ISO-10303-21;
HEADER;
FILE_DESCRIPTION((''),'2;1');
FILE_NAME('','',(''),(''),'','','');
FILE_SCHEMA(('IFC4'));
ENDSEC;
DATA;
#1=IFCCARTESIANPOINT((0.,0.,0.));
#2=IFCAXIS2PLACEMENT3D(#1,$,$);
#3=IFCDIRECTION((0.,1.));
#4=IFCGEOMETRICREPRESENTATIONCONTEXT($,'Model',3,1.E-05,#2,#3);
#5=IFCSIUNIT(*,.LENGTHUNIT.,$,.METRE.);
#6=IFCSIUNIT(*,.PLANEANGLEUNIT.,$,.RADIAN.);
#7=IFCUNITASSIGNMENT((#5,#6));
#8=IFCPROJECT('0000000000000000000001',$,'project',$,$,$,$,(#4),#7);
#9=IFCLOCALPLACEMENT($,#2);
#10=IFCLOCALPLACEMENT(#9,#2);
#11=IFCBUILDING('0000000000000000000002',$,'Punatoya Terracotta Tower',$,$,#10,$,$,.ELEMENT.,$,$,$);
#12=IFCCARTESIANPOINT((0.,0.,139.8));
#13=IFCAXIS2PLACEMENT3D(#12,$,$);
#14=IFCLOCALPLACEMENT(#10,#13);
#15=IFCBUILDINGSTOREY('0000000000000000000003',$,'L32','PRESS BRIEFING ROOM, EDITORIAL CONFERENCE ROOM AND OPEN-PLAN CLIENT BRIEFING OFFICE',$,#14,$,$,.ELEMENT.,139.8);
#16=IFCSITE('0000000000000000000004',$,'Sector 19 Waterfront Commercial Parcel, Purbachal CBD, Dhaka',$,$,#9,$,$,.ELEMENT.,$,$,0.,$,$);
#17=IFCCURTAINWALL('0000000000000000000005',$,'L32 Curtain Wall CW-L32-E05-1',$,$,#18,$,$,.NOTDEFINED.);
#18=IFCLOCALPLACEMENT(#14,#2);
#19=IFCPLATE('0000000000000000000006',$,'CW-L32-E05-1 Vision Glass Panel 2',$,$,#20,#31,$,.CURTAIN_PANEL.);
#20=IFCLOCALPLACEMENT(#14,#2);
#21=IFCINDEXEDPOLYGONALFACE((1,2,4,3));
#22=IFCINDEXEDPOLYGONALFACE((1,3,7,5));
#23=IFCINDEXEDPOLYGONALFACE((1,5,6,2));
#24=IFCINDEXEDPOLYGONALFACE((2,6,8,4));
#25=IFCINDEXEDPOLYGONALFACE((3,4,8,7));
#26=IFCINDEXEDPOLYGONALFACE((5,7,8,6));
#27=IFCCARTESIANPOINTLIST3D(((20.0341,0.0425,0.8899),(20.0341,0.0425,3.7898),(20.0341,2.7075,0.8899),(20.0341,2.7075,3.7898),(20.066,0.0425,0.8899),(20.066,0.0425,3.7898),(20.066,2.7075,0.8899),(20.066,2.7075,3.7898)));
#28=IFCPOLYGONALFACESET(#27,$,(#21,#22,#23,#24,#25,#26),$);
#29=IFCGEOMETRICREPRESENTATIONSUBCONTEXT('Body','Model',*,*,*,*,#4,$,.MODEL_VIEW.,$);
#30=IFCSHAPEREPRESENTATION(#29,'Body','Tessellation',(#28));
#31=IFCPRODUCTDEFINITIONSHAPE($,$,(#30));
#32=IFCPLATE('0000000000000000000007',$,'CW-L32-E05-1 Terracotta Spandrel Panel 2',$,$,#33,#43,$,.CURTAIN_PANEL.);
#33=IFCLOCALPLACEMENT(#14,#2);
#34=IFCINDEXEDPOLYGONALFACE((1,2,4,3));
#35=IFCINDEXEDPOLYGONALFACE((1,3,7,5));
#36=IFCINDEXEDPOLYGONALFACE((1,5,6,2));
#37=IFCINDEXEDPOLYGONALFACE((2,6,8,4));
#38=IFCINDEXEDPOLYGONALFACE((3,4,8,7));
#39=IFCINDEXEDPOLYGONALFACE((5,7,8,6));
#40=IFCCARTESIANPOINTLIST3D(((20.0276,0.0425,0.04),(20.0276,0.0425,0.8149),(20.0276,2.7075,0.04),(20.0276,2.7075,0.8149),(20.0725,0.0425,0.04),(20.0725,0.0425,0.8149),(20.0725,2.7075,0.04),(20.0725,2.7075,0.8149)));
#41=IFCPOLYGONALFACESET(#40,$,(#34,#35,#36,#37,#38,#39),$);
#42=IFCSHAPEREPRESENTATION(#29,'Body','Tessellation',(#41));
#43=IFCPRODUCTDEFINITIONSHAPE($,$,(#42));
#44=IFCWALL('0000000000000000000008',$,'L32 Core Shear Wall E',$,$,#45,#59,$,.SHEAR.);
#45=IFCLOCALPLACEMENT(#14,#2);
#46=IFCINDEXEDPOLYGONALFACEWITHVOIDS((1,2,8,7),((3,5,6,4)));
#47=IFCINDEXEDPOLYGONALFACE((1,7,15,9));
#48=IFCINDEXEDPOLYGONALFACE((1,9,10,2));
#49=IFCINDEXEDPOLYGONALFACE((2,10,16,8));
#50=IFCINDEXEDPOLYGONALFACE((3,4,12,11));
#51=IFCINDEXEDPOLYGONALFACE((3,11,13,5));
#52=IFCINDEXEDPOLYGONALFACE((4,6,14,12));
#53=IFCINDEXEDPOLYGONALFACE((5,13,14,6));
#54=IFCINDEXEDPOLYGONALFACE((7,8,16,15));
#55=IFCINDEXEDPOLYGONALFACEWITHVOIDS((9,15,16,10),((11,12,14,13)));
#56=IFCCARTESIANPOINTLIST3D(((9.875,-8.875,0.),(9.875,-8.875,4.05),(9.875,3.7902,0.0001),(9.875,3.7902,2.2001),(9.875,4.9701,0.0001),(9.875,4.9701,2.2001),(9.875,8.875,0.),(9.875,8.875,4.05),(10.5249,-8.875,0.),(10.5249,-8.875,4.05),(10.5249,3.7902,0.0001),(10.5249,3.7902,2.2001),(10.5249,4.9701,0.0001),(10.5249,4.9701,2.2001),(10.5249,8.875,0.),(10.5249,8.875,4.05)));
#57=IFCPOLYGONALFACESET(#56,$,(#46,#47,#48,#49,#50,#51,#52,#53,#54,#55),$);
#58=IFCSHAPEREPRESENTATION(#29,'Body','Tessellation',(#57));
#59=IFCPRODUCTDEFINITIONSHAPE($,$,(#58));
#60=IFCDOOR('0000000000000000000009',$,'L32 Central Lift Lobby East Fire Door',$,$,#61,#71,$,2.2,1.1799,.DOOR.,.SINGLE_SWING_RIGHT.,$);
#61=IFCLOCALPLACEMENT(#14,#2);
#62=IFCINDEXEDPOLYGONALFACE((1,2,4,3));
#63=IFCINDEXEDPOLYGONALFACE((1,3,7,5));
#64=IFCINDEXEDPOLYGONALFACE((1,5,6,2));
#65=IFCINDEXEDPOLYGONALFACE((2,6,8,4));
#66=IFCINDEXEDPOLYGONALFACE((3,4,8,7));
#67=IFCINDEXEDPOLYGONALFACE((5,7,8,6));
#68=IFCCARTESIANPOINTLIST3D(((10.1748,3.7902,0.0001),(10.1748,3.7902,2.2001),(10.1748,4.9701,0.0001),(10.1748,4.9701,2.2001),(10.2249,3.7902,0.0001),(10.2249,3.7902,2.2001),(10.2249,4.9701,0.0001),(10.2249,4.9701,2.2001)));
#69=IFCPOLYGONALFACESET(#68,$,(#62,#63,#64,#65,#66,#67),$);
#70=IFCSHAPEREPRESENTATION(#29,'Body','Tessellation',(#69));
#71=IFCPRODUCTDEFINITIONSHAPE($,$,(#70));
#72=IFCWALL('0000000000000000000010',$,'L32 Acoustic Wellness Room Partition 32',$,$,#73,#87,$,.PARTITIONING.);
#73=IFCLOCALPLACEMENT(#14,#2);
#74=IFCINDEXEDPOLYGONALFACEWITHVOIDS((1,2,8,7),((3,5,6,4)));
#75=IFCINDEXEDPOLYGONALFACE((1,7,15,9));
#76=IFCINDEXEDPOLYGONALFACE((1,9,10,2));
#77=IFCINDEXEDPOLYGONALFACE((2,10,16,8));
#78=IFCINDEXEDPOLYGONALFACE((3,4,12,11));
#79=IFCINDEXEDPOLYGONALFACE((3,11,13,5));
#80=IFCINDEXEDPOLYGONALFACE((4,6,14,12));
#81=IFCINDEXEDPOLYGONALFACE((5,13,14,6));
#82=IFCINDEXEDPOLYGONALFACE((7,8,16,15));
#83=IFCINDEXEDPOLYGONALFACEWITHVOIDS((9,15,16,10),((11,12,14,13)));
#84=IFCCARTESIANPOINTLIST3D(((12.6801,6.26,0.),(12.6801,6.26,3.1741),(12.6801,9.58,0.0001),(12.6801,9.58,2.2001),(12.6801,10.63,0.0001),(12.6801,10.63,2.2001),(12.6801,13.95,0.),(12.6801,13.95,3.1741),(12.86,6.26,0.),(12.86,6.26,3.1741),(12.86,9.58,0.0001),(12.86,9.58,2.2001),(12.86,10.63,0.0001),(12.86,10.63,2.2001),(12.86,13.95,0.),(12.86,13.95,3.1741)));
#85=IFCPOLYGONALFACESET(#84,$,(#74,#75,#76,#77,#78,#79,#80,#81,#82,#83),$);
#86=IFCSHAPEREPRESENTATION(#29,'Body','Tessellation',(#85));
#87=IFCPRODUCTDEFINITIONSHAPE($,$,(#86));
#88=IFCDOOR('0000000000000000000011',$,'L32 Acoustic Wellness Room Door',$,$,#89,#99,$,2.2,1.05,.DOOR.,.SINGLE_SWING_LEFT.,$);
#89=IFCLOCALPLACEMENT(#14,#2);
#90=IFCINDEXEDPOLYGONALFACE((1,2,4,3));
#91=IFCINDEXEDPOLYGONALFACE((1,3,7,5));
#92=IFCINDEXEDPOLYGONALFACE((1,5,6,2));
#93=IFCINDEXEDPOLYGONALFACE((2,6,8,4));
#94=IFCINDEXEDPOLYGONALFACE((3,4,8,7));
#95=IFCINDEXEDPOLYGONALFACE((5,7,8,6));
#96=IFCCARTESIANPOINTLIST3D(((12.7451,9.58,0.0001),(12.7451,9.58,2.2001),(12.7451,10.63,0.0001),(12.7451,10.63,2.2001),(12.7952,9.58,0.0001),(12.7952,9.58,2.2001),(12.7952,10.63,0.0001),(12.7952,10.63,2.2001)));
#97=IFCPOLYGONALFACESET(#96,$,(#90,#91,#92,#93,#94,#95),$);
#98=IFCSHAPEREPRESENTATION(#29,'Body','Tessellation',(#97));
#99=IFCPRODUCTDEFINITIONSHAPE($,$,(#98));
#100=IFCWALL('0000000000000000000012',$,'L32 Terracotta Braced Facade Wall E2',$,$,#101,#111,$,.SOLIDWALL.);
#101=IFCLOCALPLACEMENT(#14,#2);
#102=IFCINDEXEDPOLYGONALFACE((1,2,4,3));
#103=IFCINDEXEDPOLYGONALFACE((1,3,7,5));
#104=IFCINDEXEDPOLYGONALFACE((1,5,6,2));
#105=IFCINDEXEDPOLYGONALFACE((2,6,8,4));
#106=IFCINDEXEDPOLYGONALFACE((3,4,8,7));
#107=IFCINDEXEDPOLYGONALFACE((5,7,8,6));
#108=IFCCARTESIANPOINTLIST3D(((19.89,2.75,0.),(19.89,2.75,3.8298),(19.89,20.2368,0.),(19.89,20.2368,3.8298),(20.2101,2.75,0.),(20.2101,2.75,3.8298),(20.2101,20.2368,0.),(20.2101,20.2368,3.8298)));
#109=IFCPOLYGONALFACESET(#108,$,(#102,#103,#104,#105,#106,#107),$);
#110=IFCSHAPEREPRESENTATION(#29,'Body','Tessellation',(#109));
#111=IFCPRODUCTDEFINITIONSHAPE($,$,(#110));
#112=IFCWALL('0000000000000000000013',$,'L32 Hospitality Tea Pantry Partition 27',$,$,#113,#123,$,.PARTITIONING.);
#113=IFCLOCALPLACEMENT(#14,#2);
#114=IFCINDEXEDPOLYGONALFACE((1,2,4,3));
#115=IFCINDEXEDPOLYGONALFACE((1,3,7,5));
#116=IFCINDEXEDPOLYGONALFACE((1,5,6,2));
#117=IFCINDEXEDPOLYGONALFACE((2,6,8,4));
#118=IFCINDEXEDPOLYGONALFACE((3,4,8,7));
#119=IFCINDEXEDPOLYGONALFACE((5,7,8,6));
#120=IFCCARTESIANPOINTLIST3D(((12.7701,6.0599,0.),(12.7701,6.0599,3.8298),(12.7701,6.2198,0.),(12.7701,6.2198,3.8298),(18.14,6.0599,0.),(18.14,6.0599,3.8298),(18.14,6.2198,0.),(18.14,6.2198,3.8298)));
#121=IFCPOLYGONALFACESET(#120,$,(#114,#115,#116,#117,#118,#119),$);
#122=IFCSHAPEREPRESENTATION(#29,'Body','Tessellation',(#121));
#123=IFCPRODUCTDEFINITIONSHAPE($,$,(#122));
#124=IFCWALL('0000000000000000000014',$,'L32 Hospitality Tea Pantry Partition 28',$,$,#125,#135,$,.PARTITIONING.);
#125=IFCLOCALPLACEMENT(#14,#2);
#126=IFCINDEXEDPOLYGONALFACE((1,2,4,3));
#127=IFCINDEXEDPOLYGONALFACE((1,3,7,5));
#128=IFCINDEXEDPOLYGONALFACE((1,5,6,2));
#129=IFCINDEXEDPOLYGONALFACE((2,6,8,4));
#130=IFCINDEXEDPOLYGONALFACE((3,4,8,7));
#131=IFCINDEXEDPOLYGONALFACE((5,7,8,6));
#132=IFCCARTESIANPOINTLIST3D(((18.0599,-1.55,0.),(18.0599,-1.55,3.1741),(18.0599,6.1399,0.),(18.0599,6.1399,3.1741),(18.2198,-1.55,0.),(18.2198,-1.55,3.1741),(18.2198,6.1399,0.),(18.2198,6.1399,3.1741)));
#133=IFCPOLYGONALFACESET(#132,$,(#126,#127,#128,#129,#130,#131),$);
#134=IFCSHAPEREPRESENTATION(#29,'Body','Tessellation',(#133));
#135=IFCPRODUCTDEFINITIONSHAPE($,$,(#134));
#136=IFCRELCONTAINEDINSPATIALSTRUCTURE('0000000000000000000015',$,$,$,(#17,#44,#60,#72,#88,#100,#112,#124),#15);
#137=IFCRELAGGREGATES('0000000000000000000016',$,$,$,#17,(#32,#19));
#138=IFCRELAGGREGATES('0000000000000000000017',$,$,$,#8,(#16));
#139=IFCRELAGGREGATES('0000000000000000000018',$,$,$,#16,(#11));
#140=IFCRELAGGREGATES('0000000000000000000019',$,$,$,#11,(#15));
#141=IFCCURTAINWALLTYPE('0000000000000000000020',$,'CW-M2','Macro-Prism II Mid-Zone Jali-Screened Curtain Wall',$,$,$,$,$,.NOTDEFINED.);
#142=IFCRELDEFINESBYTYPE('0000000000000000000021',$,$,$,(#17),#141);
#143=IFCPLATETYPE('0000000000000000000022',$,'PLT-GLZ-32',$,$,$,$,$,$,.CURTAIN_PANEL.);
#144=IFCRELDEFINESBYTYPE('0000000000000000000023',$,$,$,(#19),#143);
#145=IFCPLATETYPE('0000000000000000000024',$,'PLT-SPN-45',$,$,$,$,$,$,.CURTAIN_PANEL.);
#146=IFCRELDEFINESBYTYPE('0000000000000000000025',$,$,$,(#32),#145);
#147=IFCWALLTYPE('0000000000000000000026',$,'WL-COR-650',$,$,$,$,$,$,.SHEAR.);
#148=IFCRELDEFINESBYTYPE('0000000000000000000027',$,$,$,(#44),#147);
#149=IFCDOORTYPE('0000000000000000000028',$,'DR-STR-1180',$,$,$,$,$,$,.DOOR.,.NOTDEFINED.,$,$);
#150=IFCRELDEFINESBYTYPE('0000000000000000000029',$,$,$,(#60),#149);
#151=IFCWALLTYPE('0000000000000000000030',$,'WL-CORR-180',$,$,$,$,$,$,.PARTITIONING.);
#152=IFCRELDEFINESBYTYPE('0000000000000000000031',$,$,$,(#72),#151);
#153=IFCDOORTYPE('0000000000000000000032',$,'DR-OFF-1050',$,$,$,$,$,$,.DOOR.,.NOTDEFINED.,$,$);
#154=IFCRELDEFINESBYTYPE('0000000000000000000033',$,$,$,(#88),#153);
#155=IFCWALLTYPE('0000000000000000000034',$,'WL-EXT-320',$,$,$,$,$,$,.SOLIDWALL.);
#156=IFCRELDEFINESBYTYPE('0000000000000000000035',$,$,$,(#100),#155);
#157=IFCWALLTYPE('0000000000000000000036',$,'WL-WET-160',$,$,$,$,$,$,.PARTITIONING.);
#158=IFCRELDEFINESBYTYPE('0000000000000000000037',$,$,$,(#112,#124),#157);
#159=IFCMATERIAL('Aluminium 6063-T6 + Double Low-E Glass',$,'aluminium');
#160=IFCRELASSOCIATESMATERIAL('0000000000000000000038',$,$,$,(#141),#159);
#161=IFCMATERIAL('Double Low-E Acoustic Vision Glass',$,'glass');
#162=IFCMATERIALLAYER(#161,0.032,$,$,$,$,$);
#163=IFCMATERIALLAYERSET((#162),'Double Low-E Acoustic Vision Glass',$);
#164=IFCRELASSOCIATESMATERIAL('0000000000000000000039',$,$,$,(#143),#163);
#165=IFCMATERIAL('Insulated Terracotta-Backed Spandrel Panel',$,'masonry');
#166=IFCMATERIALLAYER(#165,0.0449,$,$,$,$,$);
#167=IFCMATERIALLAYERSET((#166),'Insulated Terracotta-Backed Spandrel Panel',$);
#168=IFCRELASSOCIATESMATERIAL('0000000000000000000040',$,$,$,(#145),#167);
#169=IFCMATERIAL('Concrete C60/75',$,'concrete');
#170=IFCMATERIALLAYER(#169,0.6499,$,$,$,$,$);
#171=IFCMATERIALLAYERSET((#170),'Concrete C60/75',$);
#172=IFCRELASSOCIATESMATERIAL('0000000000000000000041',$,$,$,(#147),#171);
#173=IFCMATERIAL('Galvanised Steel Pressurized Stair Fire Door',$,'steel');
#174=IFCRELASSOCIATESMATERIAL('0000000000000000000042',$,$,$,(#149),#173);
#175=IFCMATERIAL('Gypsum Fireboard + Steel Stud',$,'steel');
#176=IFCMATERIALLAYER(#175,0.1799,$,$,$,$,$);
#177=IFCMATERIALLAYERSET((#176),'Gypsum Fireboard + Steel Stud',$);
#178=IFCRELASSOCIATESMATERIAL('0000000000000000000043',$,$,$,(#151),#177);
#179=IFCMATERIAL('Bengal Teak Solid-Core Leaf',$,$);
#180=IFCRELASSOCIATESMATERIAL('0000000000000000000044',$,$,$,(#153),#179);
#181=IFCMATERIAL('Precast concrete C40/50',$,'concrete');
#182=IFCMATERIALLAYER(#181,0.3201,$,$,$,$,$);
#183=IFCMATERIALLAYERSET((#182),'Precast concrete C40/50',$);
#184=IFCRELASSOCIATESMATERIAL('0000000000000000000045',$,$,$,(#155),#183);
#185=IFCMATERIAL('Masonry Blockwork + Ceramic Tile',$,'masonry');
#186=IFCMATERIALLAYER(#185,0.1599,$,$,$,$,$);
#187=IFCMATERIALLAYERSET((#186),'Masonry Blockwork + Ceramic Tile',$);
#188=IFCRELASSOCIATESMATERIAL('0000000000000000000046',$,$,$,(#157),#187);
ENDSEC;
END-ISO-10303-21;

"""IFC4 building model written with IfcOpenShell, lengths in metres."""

from ifc_helpers import new_model, si_unit, direction, frame, frame_2d, origin, origin_2d, place, context, subcontext, project, spatial, rectangle, extrude, material, layer, layer_set, type_object, element, fill, aggregate, save


model = new_model("IFC4")

# Units and contexts
model_context = context("Model", 3, precision=1e-05, world=origin(), true_north=direction((0.0, 1.0)))
body_context = subcontext(model_context, "Body", "Model", "MODEL_VIEW")
ifc_project = project(units=[si_unit("LENGTHUNIT", "METRE"), si_unit("PLANEANGLEUNIT", "RADIAN")], contexts=[model_context])

# Site, building, storey
site_placement = place(None, origin())
site = spatial("IfcSite", under=ifc_project, at=site_placement, Name="Sector 19 Waterfront Commercial Parcel, Purbachal CBD, Dhaka", CompositionType="ELEMENT", RefElevation=0.0)
building_placement = place(site_placement, origin())
building = spatial("IfcBuilding", under=site, at=building_placement, Name="Punatoya Terracotta Tower", CompositionType="ELEMENT")
storey_placement = place(building_placement, frame((0.0, 0.0, 139.8)))
storey = spatial("IfcBuildingStorey", under=building, at=storey_placement, Name="L32", Description="PRESS BRIEFING ROOM, EDITORIAL CONFERENCE ROOM AND OPEN-PLAN CLIENT BRIEFING OFFICE", CompositionType="ELEMENT", Elevation=139.8)

# Curtain wall
ifc_material_1 = material(Name="Aluminium 6063-T6 + Double Low-E Glass", Category="aluminium")
curtain_wall_type = type_object("IfcCurtainWallType", Name="CW-M2", Description="Macro-Prism II Mid-Zone Jali-Screened Curtain Wall", PredefinedType="NOTDEFINED", material=ifc_material_1)
curtain_wall_placement = place(storey_placement, origin())
curtain_wall = element("IfcCurtainWall", 1, at=curtain_wall_placement, inside=storey, type_object=curtain_wall_type, Name="L32 Curtain Wall CW-L32-E05-1", PredefinedType="NOTDEFINED")

# Plates
ifc_material_2 = material(Name="Double Low-E Acoustic Vision Glass", Category="glass")
ifc_layer_1 = layer(ifc_material_2, 0.032)
ifc_layer_set_1 = layer_set([ifc_layer_1], Name="Double Low-E Acoustic Vision Glass")
plate_type_1 = type_object("IfcPlateType", Name="PLT-GLZ-32", PredefinedType="CURTAIN_PANEL", material=ifc_layer_set_1)
plate_1_placement = place(storey_placement, frame((20.05, 1.375, 0.8899), z_axis=(0.0, 0.0, 1.0), x_axis=(0.0, 1.0, 0.0)))
plate_1 = element("IfcPlate", 2, at=plate_1_placement, type_object=plate_type_1, Name="CW-L32-E05-1 Vision Glass Panel 2", PredefinedType="CURTAIN_PANEL", context=body_context, shape_type="SweptSolid", body=[
    extrude(rectangle(XDim=2.665, YDim=0.032, at=origin_2d()), origin(), (0.0, 0.0, 1.0), 2.8999),
])
ifc_material_3 = material(Name="Insulated Terracotta-Backed Spandrel Panel", Category="masonry")
ifc_layer_2 = layer(ifc_material_3, 0.0449)
ifc_layer_set_2 = layer_set([ifc_layer_2], Name="Insulated Terracotta-Backed Spandrel Panel")
plate_type_2 = type_object("IfcPlateType", Name="PLT-SPN-45", PredefinedType="CURTAIN_PANEL", material=ifc_layer_set_2)
plate_2_placement = place(storey_placement, frame((20.05, 1.375, 0.04), z_axis=(0.0, 0.0, 1.0), x_axis=(0.0, 1.0, 0.0)))
plate_2 = element("IfcPlate", 3, at=plate_2_placement, type_object=plate_type_2, Name="CW-L32-E05-1 Terracotta Spandrel Panel 2", PredefinedType="CURTAIN_PANEL", context=body_context, shape_type="SweptSolid", body=[
    extrude(rectangle(XDim=2.665, YDim=0.0449, at=origin_2d()), origin(), (0.0, 0.0, 1.0), 0.7749),
])
aggregate(curtain_wall, [plate_2, plate_1])

# Walls, openings, doors
ifc_material_4 = material(Name="Concrete C60/75", Category="concrete")
ifc_layer_3 = layer(ifc_material_4, 0.6499)
ifc_layer_set_3 = layer_set([ifc_layer_3], Name="Concrete C60/75")
wall_type_1 = type_object("IfcWallType", Name="WL-COR-650", PredefinedType="SHEAR", material=ifc_layer_set_3)
wall_1_placement = place(storey_placement, frame((10.2, 8.875, 0.0), z_axis=(0.0, 0.0, 1.0), x_axis=(0.0, -1.0, 0.0)))
wall_1 = element("IfcWall", 4, at=wall_1_placement, inside=storey, type_object=wall_type_1, Name="L32 Core Shear Wall E", PredefinedType="SHEAR", context=body_context, shape_type="SweptSolid", body=[
    extrude(rectangle(XDim=17.75, YDim=0.6499, at=frame_2d((8.875, 0.0))), origin(), (0.0, 0.0, 1.0), 4.05),
])
opening_1_placement = place(wall_1_placement, frame((3.905, 0.0, 0.0)))
opening_1 = element("IfcOpeningElement", 5, at=opening_1_placement, cuts=wall_1, PredefinedType="OPENING", context=body_context, shape_type="SweptSolid", body=[
    extrude(rectangle(XDim=1.1799, YDim=2.2, at=frame_2d((0.5898, 1.1001))), frame((0.0, 0.335, 0.0), z_axis=(0.0, -1.0, 0.0), x_axis=(1.0, 0.0, 0.0)), (0.0, 0.0, 1.0), 0.6699),
])
ifc_material_5 = material(Name="Galvanised Steel Pressurized Stair Fire Door", Category="steel")
door_type_1 = type_object("IfcDoorType", Name="DR-STR-1180", OperationType="NOTDEFINED", PredefinedType="DOOR", material=ifc_material_5)
door_1_placement = place(opening_1_placement, origin())
door_1 = element("IfcDoor", 6, at=door_1_placement, inside=storey, type_object=door_type_1, Name="L32 Central Lift Lobby East Fire Door", OperationType="SINGLE_SWING_RIGHT", OverallHeight=2.2, OverallWidth=1.1799, PredefinedType="DOOR", context=body_context, shape_type="SweptSolid", body=[
    extrude(rectangle(XDim=1.1799, YDim=2.2, at=frame_2d((0.5898, 1.1001))), frame((0.0, 0.0249, 0.0), z_axis=(0.0, -1.0, 0.0), x_axis=(1.0, 0.0, 0.0)), (0.0, 0.0, 1.0), 0.05),
])
fill(opening_1, door_1)
ifc_material_6 = material(Name="Gypsum Fireboard + Steel Stud", Category="steel")
ifc_layer_4 = layer(ifc_material_6, 0.1799)
ifc_layer_set_4 = layer_set([ifc_layer_4], Name="Gypsum Fireboard + Steel Stud")
wall_type_2 = type_object("IfcWallType", Name="WL-CORR-180", PredefinedType="PARTITIONING", material=ifc_layer_set_4)
wall_2_placement = place(storey_placement, frame((12.77, 6.26, 0.0), z_axis=(0.0, 0.0, 1.0), x_axis=(0.0, 1.0, 0.0)))
wall_2 = element("IfcWall", 7, at=wall_2_placement, inside=storey, type_object=wall_type_2, Name="L32 Acoustic Wellness Room Partition 32", PredefinedType="PARTITIONING", context=body_context, shape_type="SweptSolid", body=[
    extrude(rectangle(XDim=7.6899, YDim=0.1799, at=frame_2d((3.845, 0.0))), origin(), (0.0, 0.0, 1.0), 3.1741),
])
opening_2_placement = place(wall_2_placement, frame((3.3201, 0.0, 0.0)))
opening_2 = element("IfcOpeningElement", 8, at=opening_2_placement, cuts=wall_2, PredefinedType="OPENING", context=body_context, shape_type="SweptSolid", body=[
    extrude(rectangle(XDim=1.05, YDim=2.2, at=frame_2d((0.5249, 1.1001))), frame((0.0, 0.0999, 0.0), z_axis=(0.0, -1.0, 0.0), x_axis=(1.0, 0.0, 0.0)), (0.0, 0.0, 1.0), 0.2),
])
ifc_material_7 = material(Name="Bengal Teak Solid-Core Leaf")
door_type_2 = type_object("IfcDoorType", Name="DR-OFF-1050", OperationType="NOTDEFINED", PredefinedType="DOOR", material=ifc_material_7)
door_2_placement = place(opening_2_placement, origin())
door_2 = element("IfcDoor", 9, at=door_2_placement, inside=storey, type_object=door_type_2, Name="L32 Acoustic Wellness Room Door", OperationType="SINGLE_SWING_LEFT", OverallHeight=2.2, OverallWidth=1.05, PredefinedType="DOOR", context=body_context, shape_type="SweptSolid", body=[
    extrude(rectangle(XDim=1.05, YDim=2.2, at=frame_2d((0.5249, 1.1001))), frame((0.0, 0.0249, 0.0), z_axis=(0.0, -1.0, 0.0), x_axis=(1.0, 0.0, 0.0)), (0.0, 0.0, 1.0), 0.05),
])
fill(opening_2, door_2)

# Walls
ifc_material_8 = material(Name="Precast concrete C40/50", Category="concrete")
ifc_layer_5 = layer(ifc_material_8, 0.3201)
ifc_layer_set_5 = layer_set([ifc_layer_5], Name="Precast concrete C40/50")
wall_type_3 = type_object("IfcWallType", Name="WL-EXT-320", PredefinedType="SOLIDWALL", material=ifc_layer_set_5)
wall_3_placement = place(storey_placement, frame((20.05, 2.75, 0.0), z_axis=(0.0, 0.0, 1.0), x_axis=(0.0, 1.0, 0.0)))
element("IfcWall", 10, at=wall_3_placement, inside=storey, type_object=wall_type_3, Name="L32 Terracotta Braced Facade Wall E2", PredefinedType="SOLIDWALL", context=body_context, shape_type="SweptSolid", body=[
    extrude(rectangle(XDim=17.4868, YDim=0.3201, at=frame_2d((8.7434, 0.0))), origin(), (0.0, 0.0, 1.0), 3.8298),
])
ifc_material_9 = material(Name="Masonry Blockwork + Ceramic Tile", Category="masonry")
ifc_layer_6 = layer(ifc_material_9, 0.1599)
ifc_layer_set_6 = layer_set([ifc_layer_6], Name="Masonry Blockwork + Ceramic Tile")
wall_type_4 = type_object("IfcWallType", Name="WL-WET-160", PredefinedType="PARTITIONING", material=ifc_layer_set_6)
wall_4_placement = place(storey_placement, frame((12.77, 6.1399, 0.0), z_axis=(0.0, 0.0, 1.0), x_axis=(1.0, 0.0, 0.0)))
element("IfcWall", 11, at=wall_4_placement, inside=storey, type_object=wall_type_4, Name="L32 Hospitality Tea Pantry Partition 27", PredefinedType="PARTITIONING", context=body_context, shape_type="SweptSolid", body=[
    extrude(rectangle(XDim=5.3699, YDim=0.1599, at=frame_2d((2.6851, 0.0))), origin(), (0.0, 0.0, 1.0), 3.8298),
])
wall_5_placement = place(storey_placement, frame((18.1399, 6.1399, 0.0), z_axis=(0.0, 0.0, 1.0), x_axis=(0.0, -1.0, 0.0)))
element("IfcWall", 12, at=wall_5_placement, inside=storey, type_object=wall_type_4, Name="L32 Hospitality Tea Pantry Partition 28", PredefinedType="PARTITIONING", context=body_context, shape_type="SweptSolid", body=[
    extrude(rectangle(XDim=7.6899, YDim=0.1599, at=frame_2d((3.845, 0.0))), origin(), (0.0, 0.0, 1.0), 3.1741),
])

save(model, "model.ifc")
